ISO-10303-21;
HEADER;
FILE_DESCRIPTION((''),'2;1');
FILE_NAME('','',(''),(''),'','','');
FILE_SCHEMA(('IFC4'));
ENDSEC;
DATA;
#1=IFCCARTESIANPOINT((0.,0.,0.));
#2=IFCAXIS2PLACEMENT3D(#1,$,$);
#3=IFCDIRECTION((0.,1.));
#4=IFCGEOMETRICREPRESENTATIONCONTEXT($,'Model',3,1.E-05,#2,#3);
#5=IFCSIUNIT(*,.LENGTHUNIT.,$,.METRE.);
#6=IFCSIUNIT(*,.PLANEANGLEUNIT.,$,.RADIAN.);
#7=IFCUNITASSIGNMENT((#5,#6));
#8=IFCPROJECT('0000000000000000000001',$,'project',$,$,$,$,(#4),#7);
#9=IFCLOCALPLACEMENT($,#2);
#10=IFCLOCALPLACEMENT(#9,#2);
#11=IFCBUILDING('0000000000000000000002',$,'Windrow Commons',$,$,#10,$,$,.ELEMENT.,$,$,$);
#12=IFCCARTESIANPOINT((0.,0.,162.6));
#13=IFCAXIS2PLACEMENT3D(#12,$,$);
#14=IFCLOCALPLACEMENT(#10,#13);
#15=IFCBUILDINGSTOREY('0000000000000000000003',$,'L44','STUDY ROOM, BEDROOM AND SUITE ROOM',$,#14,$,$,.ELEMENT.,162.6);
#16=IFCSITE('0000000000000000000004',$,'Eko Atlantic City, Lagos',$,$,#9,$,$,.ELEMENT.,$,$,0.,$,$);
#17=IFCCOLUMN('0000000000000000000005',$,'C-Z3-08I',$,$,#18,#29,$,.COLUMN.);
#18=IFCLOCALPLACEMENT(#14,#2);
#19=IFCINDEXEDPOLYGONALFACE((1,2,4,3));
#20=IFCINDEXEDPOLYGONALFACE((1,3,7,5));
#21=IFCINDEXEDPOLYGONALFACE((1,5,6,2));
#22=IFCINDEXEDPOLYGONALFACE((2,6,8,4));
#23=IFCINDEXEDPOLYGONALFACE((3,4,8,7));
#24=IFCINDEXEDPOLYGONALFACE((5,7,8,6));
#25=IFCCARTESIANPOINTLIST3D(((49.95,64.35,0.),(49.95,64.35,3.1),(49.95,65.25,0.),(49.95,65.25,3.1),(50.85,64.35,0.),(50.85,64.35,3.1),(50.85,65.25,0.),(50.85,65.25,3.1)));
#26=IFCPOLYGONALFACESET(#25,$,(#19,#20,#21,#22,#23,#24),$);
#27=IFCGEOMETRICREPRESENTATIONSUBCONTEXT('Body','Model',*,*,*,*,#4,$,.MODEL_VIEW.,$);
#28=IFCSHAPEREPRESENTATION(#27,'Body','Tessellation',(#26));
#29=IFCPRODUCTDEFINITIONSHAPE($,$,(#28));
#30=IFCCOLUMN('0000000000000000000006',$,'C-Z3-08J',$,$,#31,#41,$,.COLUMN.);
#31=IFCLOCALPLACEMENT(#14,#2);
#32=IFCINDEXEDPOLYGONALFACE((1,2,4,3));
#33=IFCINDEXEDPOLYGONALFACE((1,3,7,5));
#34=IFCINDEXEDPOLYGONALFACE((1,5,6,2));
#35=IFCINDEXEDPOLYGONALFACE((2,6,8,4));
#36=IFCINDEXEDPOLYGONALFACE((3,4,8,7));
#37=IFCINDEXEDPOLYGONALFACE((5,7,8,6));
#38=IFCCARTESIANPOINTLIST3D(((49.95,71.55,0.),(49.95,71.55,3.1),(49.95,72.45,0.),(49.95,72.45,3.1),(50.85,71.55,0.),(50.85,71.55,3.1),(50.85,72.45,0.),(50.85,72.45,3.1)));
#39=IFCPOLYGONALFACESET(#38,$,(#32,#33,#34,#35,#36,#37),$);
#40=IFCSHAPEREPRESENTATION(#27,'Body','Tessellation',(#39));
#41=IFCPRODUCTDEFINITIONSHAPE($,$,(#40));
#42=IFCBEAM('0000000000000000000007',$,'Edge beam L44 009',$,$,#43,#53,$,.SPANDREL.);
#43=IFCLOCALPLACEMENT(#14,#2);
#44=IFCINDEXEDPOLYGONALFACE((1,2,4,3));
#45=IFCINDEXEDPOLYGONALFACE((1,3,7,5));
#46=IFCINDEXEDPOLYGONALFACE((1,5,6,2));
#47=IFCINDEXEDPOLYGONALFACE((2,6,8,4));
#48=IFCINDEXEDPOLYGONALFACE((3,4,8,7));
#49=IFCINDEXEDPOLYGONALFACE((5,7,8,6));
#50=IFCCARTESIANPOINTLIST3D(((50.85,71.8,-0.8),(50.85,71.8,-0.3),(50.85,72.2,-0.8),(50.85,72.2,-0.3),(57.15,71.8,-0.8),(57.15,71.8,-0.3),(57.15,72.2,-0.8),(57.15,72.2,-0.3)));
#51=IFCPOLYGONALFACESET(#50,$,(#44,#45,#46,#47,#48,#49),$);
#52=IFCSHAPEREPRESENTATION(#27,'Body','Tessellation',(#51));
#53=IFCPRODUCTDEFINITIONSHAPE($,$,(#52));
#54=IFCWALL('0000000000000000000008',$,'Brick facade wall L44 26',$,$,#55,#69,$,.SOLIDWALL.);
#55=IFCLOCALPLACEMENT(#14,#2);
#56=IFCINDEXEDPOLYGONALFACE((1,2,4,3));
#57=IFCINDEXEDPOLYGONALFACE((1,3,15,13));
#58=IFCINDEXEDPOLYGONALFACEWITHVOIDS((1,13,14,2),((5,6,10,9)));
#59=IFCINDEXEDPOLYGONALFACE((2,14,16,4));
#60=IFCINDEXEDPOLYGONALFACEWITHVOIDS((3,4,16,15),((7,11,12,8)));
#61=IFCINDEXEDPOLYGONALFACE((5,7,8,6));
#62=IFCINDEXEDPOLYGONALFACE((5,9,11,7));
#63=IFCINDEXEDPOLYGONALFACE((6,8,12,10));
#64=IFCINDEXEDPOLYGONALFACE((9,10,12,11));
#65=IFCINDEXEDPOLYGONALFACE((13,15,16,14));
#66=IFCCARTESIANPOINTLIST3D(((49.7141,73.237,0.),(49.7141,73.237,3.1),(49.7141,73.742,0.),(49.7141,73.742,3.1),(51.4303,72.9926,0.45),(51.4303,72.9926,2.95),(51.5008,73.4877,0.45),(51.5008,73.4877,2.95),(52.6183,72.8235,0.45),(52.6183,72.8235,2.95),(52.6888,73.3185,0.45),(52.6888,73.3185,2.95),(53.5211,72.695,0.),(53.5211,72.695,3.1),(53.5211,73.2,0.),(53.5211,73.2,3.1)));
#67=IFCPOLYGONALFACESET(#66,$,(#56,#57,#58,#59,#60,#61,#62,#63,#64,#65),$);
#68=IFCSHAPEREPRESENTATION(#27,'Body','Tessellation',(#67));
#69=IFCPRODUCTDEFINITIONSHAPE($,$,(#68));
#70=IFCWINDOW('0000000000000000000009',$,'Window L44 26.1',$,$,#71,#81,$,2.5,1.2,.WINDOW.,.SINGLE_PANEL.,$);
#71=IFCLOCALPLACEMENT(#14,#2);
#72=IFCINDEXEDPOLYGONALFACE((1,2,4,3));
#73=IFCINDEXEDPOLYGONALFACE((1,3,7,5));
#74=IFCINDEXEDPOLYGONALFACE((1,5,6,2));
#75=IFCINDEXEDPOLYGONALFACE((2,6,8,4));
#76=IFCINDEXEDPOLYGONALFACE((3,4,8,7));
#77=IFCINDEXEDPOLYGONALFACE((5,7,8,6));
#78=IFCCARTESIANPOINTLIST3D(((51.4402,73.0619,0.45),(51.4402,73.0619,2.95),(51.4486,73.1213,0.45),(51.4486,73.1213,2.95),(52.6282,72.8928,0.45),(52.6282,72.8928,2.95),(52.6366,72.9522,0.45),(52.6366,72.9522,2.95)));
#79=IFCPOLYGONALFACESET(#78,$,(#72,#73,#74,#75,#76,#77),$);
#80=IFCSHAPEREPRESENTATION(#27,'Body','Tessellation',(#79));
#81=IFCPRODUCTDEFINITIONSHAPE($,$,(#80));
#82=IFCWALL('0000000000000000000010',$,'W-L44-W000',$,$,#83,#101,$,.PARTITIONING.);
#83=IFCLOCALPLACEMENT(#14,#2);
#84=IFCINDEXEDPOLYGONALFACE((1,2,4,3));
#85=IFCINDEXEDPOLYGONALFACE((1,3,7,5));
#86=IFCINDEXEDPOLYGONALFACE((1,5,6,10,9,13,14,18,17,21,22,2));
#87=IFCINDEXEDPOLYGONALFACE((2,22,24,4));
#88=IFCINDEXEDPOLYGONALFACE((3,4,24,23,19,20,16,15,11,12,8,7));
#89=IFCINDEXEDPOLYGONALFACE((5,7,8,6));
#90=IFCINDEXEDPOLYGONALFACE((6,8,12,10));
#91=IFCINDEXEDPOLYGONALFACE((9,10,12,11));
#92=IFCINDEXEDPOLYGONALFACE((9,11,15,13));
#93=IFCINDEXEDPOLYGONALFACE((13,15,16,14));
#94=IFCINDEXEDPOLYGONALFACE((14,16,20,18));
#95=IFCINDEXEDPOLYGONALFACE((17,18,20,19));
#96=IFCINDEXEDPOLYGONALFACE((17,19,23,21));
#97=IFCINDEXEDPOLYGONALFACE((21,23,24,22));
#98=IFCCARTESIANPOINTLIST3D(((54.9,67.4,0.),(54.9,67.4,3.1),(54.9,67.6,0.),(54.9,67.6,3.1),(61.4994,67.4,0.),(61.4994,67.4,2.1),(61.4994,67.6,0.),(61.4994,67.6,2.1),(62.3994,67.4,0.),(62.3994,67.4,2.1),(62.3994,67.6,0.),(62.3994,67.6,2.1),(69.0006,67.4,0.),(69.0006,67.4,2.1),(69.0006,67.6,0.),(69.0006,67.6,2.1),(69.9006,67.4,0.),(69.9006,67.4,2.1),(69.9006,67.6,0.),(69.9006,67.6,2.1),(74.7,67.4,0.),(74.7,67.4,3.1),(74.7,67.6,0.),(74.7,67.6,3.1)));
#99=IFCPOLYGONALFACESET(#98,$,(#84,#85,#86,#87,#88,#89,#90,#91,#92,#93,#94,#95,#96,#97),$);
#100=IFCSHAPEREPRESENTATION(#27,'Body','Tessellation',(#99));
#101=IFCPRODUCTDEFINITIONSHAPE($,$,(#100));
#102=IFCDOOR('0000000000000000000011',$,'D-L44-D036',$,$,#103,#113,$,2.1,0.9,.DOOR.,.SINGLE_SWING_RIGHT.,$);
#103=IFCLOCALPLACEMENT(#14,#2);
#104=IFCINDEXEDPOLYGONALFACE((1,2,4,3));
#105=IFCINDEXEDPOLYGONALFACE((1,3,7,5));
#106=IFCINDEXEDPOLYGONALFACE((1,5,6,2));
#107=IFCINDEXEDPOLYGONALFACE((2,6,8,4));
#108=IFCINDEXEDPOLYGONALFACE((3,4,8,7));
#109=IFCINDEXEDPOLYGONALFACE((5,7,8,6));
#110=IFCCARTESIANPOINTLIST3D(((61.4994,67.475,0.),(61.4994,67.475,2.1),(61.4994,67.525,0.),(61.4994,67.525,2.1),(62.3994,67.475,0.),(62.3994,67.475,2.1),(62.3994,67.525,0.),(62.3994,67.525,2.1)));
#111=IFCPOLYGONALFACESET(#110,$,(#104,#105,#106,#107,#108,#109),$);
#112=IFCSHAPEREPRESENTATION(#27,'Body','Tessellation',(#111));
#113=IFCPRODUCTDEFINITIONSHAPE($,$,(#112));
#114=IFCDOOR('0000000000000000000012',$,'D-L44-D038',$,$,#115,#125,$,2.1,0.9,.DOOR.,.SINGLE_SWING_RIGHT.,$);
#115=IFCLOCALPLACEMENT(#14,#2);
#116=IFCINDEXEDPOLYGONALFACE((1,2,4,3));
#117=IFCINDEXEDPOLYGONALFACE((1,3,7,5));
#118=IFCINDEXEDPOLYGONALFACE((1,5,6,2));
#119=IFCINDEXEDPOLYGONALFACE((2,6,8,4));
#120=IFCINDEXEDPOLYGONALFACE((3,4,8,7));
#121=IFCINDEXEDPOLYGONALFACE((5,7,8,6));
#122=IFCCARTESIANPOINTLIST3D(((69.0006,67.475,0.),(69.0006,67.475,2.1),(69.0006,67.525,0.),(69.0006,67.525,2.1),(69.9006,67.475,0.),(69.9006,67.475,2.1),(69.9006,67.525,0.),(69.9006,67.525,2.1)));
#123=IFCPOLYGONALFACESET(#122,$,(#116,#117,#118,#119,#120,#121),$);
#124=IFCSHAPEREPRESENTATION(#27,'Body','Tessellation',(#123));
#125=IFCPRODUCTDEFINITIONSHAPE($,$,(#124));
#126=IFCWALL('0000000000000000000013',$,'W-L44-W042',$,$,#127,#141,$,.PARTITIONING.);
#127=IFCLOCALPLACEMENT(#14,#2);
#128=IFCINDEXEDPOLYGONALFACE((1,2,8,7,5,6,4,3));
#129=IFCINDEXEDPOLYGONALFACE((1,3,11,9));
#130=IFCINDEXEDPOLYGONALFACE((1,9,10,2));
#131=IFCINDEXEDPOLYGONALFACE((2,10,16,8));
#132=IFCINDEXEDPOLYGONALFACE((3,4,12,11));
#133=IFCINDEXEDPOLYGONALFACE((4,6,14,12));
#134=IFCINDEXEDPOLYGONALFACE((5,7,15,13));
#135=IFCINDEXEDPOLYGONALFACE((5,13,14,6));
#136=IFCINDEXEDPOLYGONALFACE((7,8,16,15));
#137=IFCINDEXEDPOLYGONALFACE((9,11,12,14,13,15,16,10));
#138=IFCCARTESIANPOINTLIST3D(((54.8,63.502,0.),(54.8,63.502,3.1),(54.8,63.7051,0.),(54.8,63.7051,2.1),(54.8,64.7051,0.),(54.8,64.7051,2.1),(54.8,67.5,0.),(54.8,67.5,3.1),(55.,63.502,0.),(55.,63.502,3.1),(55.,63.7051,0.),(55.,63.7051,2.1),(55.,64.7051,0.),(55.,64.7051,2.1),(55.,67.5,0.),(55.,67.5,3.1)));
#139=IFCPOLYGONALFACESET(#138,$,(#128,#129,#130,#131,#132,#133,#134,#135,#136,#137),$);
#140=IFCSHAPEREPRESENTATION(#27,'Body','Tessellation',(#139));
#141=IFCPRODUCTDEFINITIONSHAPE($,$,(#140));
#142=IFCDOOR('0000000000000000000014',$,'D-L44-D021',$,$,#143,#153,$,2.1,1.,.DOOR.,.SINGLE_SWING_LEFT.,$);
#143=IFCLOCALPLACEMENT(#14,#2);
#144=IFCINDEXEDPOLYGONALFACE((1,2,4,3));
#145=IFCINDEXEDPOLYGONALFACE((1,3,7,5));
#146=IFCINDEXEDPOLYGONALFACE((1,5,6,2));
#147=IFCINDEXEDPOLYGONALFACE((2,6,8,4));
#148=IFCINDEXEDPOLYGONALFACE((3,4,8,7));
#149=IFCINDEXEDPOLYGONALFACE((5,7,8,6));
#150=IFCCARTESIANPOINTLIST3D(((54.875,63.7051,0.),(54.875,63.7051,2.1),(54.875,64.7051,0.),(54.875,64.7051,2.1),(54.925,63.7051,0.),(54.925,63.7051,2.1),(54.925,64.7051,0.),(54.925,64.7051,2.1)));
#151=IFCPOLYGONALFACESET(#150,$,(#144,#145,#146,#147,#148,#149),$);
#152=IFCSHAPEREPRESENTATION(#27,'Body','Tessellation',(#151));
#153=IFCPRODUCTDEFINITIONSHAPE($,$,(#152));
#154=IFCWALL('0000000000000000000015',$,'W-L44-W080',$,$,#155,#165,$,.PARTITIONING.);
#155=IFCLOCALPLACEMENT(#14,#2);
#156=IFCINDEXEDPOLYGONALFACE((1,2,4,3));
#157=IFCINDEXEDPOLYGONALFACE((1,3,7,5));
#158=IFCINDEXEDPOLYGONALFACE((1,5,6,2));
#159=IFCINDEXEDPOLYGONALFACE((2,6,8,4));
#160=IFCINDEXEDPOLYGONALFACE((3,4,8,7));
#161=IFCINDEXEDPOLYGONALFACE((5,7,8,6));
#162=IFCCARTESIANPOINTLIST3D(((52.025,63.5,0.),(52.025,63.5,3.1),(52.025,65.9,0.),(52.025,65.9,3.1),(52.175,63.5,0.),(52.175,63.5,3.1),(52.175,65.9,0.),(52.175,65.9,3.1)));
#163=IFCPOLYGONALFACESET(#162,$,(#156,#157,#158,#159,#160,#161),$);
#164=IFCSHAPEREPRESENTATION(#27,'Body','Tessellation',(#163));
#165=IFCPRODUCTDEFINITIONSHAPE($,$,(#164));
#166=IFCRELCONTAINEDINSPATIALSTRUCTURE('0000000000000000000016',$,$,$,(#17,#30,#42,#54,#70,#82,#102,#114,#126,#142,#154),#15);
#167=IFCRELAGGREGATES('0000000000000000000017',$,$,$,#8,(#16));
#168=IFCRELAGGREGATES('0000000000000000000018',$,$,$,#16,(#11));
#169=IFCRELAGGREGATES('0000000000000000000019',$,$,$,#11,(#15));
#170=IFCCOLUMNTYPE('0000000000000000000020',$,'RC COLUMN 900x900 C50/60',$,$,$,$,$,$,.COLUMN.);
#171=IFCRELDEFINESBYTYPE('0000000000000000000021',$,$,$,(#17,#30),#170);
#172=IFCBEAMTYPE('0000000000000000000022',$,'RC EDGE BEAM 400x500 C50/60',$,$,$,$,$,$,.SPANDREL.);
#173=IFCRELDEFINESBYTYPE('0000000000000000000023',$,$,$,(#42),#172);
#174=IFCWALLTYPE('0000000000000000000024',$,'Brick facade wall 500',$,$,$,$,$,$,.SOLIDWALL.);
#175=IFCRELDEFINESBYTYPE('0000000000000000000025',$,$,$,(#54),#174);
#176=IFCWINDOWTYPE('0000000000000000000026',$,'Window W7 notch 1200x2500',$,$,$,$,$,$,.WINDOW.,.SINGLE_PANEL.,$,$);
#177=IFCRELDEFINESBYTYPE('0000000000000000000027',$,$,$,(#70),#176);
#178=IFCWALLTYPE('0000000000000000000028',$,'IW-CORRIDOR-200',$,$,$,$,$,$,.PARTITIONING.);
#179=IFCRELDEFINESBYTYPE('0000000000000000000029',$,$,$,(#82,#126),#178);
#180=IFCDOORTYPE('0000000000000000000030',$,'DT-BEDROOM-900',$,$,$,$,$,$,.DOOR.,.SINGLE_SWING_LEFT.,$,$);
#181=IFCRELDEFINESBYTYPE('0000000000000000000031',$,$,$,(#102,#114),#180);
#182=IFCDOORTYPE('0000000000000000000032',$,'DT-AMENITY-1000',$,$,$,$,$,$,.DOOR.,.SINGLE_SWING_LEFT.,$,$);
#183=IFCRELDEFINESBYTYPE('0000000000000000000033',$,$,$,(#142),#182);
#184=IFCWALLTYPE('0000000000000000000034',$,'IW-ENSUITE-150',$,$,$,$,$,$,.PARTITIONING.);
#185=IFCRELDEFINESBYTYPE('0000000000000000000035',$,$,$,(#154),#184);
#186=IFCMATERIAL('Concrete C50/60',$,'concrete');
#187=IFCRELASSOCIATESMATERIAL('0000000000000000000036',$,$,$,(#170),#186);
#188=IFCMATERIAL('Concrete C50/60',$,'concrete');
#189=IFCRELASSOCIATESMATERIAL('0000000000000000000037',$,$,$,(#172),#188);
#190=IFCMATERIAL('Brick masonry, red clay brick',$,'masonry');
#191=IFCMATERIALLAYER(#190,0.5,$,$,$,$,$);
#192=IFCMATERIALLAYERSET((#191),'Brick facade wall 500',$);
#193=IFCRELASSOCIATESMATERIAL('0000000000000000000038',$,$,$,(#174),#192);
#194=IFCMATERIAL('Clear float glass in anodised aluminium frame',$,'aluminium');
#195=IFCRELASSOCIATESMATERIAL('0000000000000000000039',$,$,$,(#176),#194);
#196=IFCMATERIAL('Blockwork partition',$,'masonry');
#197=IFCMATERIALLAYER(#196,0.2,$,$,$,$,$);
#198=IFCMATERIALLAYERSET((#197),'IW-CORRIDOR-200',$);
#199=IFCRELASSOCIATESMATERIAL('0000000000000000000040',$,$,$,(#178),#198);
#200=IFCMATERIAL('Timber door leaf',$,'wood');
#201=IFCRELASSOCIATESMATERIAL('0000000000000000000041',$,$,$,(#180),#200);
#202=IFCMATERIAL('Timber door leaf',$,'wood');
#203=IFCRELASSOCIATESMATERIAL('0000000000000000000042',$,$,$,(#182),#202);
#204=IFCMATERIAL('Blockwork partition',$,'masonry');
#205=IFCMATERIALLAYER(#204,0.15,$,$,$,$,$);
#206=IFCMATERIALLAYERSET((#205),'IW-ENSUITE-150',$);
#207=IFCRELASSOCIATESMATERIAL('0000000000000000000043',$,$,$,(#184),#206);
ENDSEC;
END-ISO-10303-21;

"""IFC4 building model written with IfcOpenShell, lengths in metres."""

from ifc_helpers import new_model, si_unit, direction, frame, frame_2d, origin, origin_2d, place, context, subcontext, project, spatial, polyline, rectangle, outline, extrude, material, layer, layer_set, material_profile, profile_set, type_object, element, fill, save


model = new_model("IFC4")

# Units and contexts
model_context = context("Model", 3, precision=1e-05, world=origin(), true_north=direction((0.0, 1.0)))
body_context = subcontext(model_context, "Body", "Model", "MODEL_VIEW")
ifc_project = project(units=[si_unit("LENGTHUNIT", "METRE"), si_unit("PLANEANGLEUNIT", "RADIAN")], contexts=[model_context])

# Site, building, storey
site_placement = place(None, origin())
site = spatial("IfcSite", under=ifc_project, at=site_placement, Name="Eko Atlantic City, Lagos", CompositionType="ELEMENT", RefElevation=0.0)
building_placement = place(site_placement, origin())
building = spatial("IfcBuilding", under=site, at=building_placement, Name="Windrow Commons", CompositionType="ELEMENT")
storey_placement = place(building_placement, frame((0.0, 0.0, 162.6)))
storey = spatial("IfcBuildingStorey", under=building, at=storey_placement, Name="L44", Description="STUDY ROOM, BEDROOM AND SUITE ROOM", CompositionType="ELEMENT", Elevation=162.6)

# Columns
ifc_material_1 = material(Name="Concrete C50/60", Category="concrete")
ifc_material_profile_1 = material_profile(ifc_material_1, rectangle(XDim=0.9, YDim=0.9, at=origin_2d()))
ifc_profile_set_1 = profile_set([ifc_material_profile_1], Name="Concrete C50/60")
column_type = type_object("IfcColumnType", Name="RC COLUMN 900x900 C50/60", PredefinedType="COLUMN", material=ifc_profile_set_1)
for number, where, z_axis, x_axis, name in (
    (1, (50.4, 64.8, 0.0), (0.0, 0.0, 1.0), (1.0, 0.0, 0.0), "C-Z3-08I"),
    (2, (50.4, 72.0, 0.0), (0.0, 0.0, 1.0), (1.0, 0.0, 0.0), "C-Z3-08J"),
):
    element("IfcColumn", number, at=place(storey_placement, frame(where, z_axis=z_axis, x_axis=x_axis)), inside=storey, type_object=column_type, Name=name, PredefinedType="COLUMN", context=body_context, shape_type="SweptSolid", body=[
        extrude(rectangle(XDim=0.9, YDim=0.9, at=origin_2d()), origin(), (0.0, 0.0, 1.0), 3.1),
    ])

# Beam
ifc_material_2 = material(Name="Concrete C50/60", Category="concrete")
ifc_material_profile_2 = material_profile(ifc_material_2, rectangle(XDim=0.4, YDim=0.5, at=origin_2d()))
ifc_profile_set_2 = profile_set([ifc_material_profile_2], Name="Concrete C50/60")
beam_type = type_object("IfcBeamType", Name="RC EDGE BEAM 400x500 C50/60", PredefinedType="SPANDREL", material=ifc_profile_set_2)
beam_placement = place(storey_placement, frame((50.85, 72.0, -0.55), z_axis=(1.0, 0.0, 0.0), x_axis=(0.0, 1.0, 0.0)))
element("IfcBeam", 3, at=beam_placement, inside=storey, type_object=beam_type, Name="Edge beam L44 009", PredefinedType="SPANDREL", context=body_context, shape_type="SweptSolid", body=[
    extrude(rectangle(XDim=0.4, YDim=0.5, at=origin_2d()), origin(), (0.0, 0.0, 1.0), 6.3),
])

# Wall, opening, window
ifc_material_3 = material(Name="Brick masonry, red clay brick", Category="masonry")
ifc_layer_1 = layer(ifc_material_3, 0.5)
ifc_layer_set_1 = layer_set([ifc_layer_1], Name="Brick facade wall 500")
wall_type_1 = type_object("IfcWallType", Name="Brick facade wall 500", PredefinedType="SOLIDWALL", material=ifc_layer_set_1)
wall_1_placement = place(storey_placement, frame((53.5211, 72.9475, 0.0), z_axis=(0.0, 0.0, 1.0), x_axis=(-0.990017, 0.140948, 0.0)))
wall_1 = element("IfcWall", 4, at=wall_1_placement, inside=storey, type_object=wall_type_1, Name="Brick facade wall L44 26", PredefinedType="SOLIDWALL", context=body_context, shape_type="SweptSolid", body=[
    extrude(outline(polyline([(0.0356, -0.25), (3.881, -0.25), (3.8098, 0.25), (-0.0356, 0.25), (0.0356, -0.25)])), origin(), (0.0, 0.0, 1.0), 3.1),
])
opening_1_placement = place(wall_1_placement, frame((0.8763, 0.0, 0.45)))
opening_1 = element("IfcOpeningElement", 5, at=opening_1_placement, cuts=wall_1, PredefinedType="OPENING", context=body_context, shape_type="SweptSolid", body=[
    extrude(rectangle(XDim=1.2, YDim=2.5, at=frame_2d((0.6, 1.25))), frame((0.0, 0.26, 0.0), z_axis=(0.0, -1.0, 0.0), x_axis=(1.0, 0.0, 0.0)), (0.0, 0.0, 1.0), 0.52),
])
ifc_material_4 = material(Name="Clear float glass in anodised aluminium frame", Category="aluminium")
window_type = type_object("IfcWindowType", Name="Window W7 notch 1200x2500", PartitioningType="SINGLE_PANEL", PredefinedType="WINDOW", material=ifc_material_4)
window_placement = place(opening_1_placement, origin())
window = element("IfcWindow", 6, at=window_placement, inside=storey, type_object=window_type, Name="Window L44 26.1", OverallHeight=2.5, OverallWidth=1.2, PartitioningType="SINGLE_PANEL", PredefinedType="WINDOW", context=body_context, shape_type="SweptSolid", body=[
    extrude(rectangle(XDim=1.2, YDim=2.5, at=frame_2d((0.6, 1.25))), frame((0.0, 0.18, 0.0), z_axis=(0.0, -1.0, 0.0), x_axis=(1.0, 0.0, 0.0)), (0.0, 0.0, 1.0), 0.06),
])
fill(opening_1, window)

# Wall, openings, doors
ifc_material_5 = material(Name="Blockwork partition", Category="masonry")
ifc_layer_2 = layer(ifc_material_5, 0.2)
ifc_layer_set_2 = layer_set([ifc_layer_2], Name="IW-CORRIDOR-200")
wall_type_2 = type_object("IfcWallType", Name="IW-CORRIDOR-200", PredefinedType="PARTITIONING", material=ifc_layer_set_2)
wall_2_placement = place(storey_placement, frame((54.9, 67.5, 0.0), z_axis=(0.0, 0.0, 1.0), x_axis=(1.0, 0.0, 0.0)))
wall_2 = element("IfcWall", 7, at=wall_2_placement, inside=storey, type_object=wall_type_2, Name="W-L44-W000", PredefinedType="PARTITIONING", context=body_context, shape_type="SweptSolid", body=[
    extrude(rectangle(XDim=19.8, YDim=0.2, at=frame_2d((9.9, 0.0))), origin(), (0.0, 0.0, 1.0), 3.1),
])
opening_2_placement = place(wall_2_placement, frame((6.5994, 0.0, 0.0)))
opening_2 = element("IfcOpeningElement", 8, at=opening_2_placement, cuts=wall_2, PredefinedType="OPENING", context=body_context, shape_type="SweptSolid", body=[
    extrude(rectangle(XDim=0.9, YDim=2.1, at=frame_2d((0.45, 1.05))), frame((0.0, 0.11, 0.0), z_axis=(0.0, -1.0, 0.0), x_axis=(1.0, 0.0, 0.0)), (0.0, 0.0, 1.0), 0.22),
])
opening_3_placement = place(wall_2_placement, frame((14.1006, 0.0, 0.0)))
opening_3 = element("IfcOpeningElement", 9, at=opening_3_placement, cuts=wall_2, PredefinedType="OPENING", context=body_context, shape_type="SweptSolid", body=[
    extrude(rectangle(XDim=0.9, YDim=2.1, at=frame_2d((0.45, 1.05))), frame((0.0, 0.11, 0.0), z_axis=(0.0, -1.0, 0.0), x_axis=(1.0, 0.0, 0.0)), (0.0, 0.0, 1.0), 0.22),
])
ifc_material_6 = material(Name="Timber door leaf", Category="wood")
door_type_1 = type_object("IfcDoorType", Name="DT-BEDROOM-900", OperationType="SINGLE_SWING_LEFT", PredefinedType="DOOR", material=ifc_material_6)
door_1_placement = place(opening_2_placement, origin())
door_1 = element("IfcDoor", 10, at=door_1_placement, inside=storey, type_object=door_type_1, Name="D-L44-D036", OperationType="SINGLE_SWING_RIGHT", OverallHeight=2.1, OverallWidth=0.9, PredefinedType="DOOR", context=body_context, shape_type="SweptSolid", body=[
    extrude(rectangle(XDim=0.9, YDim=2.1, at=frame_2d((0.45, 1.05))), frame((0.0, 0.025, 0.0), z_axis=(0.0, -1.0, 0.0), x_axis=(1.0, 0.0, 0.0)), (0.0, 0.0, 1.0), 0.05),
])
fill(opening_2, door_1)
door_2_placement = place(opening_3_placement, origin())
door_2 = element("IfcDoor", 11, at=door_2_placement, inside=storey, type_object=door_type_1, Name="D-L44-D038", OperationType="SINGLE_SWING_RIGHT", OverallHeight=2.1, OverallWidth=0.9, PredefinedType="DOOR", context=body_context, shape_type="SweptSolid", body=[
    extrude(rectangle(XDim=0.9, YDim=2.1, at=frame_2d((0.45, 1.05))), frame((0.0, 0.025, 0.0), z_axis=(0.0, -1.0, 0.0), x_axis=(1.0, 0.0, 0.0)), (0.0, 0.0, 1.0), 0.05),
])
fill(opening_3, door_2)

# Wall, opening, door
wall_3_placement = place(storey_placement, frame((54.9, 63.502, 0.0), z_axis=(0.0, 0.0, 1.0), x_axis=(0.0, 1.0, 0.0)))
wall_3 = element("IfcWall", 12, at=wall_3_placement, inside=storey, type_object=wall_type_2, Name="W-L44-W042", PredefinedType="PARTITIONING", context=body_context, shape_type="SweptSolid", body=[
    extrude(rectangle(XDim=3.998, YDim=0.2, at=frame_2d((1.999, 0.0))), origin(), (0.0, 0.0, 1.0), 3.1),
])
opening_4_placement = place(wall_3_placement, frame((0.2031, 0.0, 0.0)))
opening_4 = element("IfcOpeningElement", 13, at=opening_4_placement, cuts=wall_3, PredefinedType="OPENING", context=body_context, shape_type="SweptSolid", body=[
    extrude(rectangle(XDim=1.0, YDim=2.1, at=frame_2d((0.5, 1.05))), frame((0.0, 0.11, 0.0), z_axis=(0.0, -1.0, 0.0), x_axis=(1.0, 0.0, 0.0)), (0.0, 0.0, 1.0), 0.22),
])
ifc_material_7 = material(Name="Timber door leaf", Category="wood")
door_type_2 = type_object("IfcDoorType", Name="DT-AMENITY-1000", OperationType="SINGLE_SWING_LEFT", PredefinedType="DOOR", material=ifc_material_7)
door_3_placement = place(opening_4_placement, origin())
door_3 = element("IfcDoor", 14, at=door_3_placement, inside=storey, type_object=door_type_2, Name="D-L44-D021", OperationType="SINGLE_SWING_LEFT", OverallHeight=2.1, OverallWidth=1.0, PredefinedType="DOOR", context=body_context, shape_type="SweptSolid", body=[
    extrude(rectangle(XDim=1.0, YDim=2.1, at=frame_2d((0.5, 1.05))), frame((0.0, 0.025, 0.0), z_axis=(0.0, -1.0, 0.0), x_axis=(1.0, 0.0, 0.0)), (0.0, 0.0, 1.0), 0.05),
])
fill(opening_4, door_3)

# Wall
ifc_material_8 = material(Name="Blockwork partition", Category="masonry")
ifc_layer_3 = layer(ifc_material_8, 0.15)
ifc_layer_set_3 = layer_set([ifc_layer_3], Name="IW-ENSUITE-150")
wall_type_3 = type_object("IfcWallType", Name="IW-ENSUITE-150", PredefinedType="PARTITIONING", material=ifc_layer_set_3)
for number, where, z_axis, x_axis, name in (
    (15, (52.1, 63.5, 0.0), (0.0, 0.0, 1.0), (0.0, 1.0, 0.0), "W-L44-W080"),
):
    element("IfcWall", number, at=place(storey_placement, frame(where, z_axis=z_axis, x_axis=x_axis)), inside=storey, type_object=wall_type_3, Name=name, PredefinedType="PARTITIONING", context=body_context, shape_type="SweptSolid", body=[
        extrude(rectangle(XDim=2.4, YDim=0.15, at=frame_2d((1.2, 0.0))), origin(), (0.0, 0.0, 1.0), 3.1),
    ])

save(model, "model.ifc")
